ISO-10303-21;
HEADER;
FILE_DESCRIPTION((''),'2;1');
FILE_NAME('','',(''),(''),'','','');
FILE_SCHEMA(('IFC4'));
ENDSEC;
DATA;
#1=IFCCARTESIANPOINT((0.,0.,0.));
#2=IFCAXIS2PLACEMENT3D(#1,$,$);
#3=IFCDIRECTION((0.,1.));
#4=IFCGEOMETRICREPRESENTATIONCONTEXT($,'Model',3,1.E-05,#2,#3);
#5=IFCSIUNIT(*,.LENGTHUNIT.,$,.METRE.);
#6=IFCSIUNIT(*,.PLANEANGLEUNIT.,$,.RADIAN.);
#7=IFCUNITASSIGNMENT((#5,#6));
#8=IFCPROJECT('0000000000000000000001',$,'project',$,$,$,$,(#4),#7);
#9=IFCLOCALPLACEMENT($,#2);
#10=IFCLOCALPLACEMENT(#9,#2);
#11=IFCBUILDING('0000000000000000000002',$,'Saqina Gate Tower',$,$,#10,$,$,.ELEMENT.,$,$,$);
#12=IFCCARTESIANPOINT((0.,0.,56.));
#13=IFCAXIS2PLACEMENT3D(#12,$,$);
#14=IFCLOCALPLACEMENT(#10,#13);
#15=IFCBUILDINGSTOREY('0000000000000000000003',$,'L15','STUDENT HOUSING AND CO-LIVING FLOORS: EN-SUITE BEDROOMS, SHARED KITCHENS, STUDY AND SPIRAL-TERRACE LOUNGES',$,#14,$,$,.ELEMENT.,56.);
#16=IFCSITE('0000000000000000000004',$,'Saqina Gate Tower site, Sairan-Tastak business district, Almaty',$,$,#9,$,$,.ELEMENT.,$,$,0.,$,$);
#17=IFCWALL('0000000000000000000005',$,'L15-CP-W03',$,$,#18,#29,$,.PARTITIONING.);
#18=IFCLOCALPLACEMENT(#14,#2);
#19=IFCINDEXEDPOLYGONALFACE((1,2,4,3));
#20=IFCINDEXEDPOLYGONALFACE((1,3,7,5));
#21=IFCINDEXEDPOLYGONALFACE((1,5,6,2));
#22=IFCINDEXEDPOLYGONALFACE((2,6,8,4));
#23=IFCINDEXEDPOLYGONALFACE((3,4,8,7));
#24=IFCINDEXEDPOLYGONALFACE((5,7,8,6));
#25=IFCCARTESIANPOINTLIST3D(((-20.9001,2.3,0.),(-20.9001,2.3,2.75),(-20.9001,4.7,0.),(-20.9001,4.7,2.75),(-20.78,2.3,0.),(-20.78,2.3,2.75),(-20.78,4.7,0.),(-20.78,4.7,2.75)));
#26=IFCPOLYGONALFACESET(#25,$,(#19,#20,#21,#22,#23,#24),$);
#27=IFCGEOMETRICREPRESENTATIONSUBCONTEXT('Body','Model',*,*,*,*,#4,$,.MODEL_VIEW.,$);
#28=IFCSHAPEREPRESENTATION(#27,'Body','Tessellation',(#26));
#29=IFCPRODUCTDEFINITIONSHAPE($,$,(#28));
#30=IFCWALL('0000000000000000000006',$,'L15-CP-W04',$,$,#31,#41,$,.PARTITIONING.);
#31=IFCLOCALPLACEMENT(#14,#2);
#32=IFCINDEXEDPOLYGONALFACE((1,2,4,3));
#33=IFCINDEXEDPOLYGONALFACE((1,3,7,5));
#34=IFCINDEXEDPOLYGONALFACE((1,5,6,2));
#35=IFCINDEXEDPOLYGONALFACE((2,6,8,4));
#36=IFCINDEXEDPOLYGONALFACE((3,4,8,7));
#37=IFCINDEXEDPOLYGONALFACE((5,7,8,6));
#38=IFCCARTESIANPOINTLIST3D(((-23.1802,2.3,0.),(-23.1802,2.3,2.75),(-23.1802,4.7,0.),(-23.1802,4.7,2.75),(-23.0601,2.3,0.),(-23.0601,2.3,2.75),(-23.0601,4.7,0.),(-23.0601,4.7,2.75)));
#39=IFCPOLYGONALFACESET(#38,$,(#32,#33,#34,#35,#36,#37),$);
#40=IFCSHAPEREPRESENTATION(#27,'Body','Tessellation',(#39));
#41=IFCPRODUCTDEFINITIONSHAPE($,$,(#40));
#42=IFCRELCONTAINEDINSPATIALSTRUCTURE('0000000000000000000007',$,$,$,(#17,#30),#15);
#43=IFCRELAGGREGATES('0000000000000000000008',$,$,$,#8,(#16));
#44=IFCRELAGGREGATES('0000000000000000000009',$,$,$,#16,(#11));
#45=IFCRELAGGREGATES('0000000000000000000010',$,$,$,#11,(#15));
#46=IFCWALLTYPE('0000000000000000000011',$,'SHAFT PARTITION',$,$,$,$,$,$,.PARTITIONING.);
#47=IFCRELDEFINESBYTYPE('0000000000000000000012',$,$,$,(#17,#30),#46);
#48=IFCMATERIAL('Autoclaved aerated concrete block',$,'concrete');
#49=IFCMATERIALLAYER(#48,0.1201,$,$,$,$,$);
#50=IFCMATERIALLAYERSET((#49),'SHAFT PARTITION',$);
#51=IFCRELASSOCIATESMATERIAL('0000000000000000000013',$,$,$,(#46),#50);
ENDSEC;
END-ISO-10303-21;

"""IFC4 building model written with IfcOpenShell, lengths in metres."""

from ifc_helpers import new_model, si_unit, direction, frame, frame_2d, origin, place, context, subcontext, project, spatial, rectangle, extrude, material, layer, layer_set, type_object, element, save


model = new_model("IFC4")

# Units and contexts
model_context = context("Model", 3, precision=1e-05, world=origin(), true_north=direction((0.0, 1.0)))
body_context = subcontext(model_context, "Body", "Model", "MODEL_VIEW")
ifc_project = project(units=[si_unit("LENGTHUNIT", "METRE"), si_unit("PLANEANGLEUNIT", "RADIAN")], contexts=[model_context])

# Site, building, storey
site_placement = place(None, origin())
site = spatial("IfcSite", under=ifc_project, at=site_placement, Name="Saqina Gate Tower site, Sairan-Tastak business district, Almaty", CompositionType="ELEMENT", RefElevation=0.0)
building_placement = place(site_placement, origin())
building = spatial("IfcBuilding", under=site, at=building_placement, Name="Saqina Gate Tower", CompositionType="ELEMENT")
storey_placement = place(building_placement, frame((0.0, 0.0, 56.0)))
storey = spatial("IfcBuildingStorey", under=building, at=storey_placement, Name="L15", Description="STUDENT HOUSING AND CO-LIVING FLOORS: EN-SUITE BEDROOMS, SHARED KITCHENS, STUDY AND SPIRAL-TERRACE LOUNGES", CompositionType="ELEMENT", Elevation=56.0)

# Walls
ifc_material_1 = material(Name="Autoclaved aerated concrete block", Category="concrete")
ifc_layer_1 = layer(ifc_material_1, 0.1201)
ifc_layer_set_1 = layer_set([ifc_layer_1], Name="SHAFT PARTITION")
wall_type_1 = type_object("IfcWallType", Name="SHAFT PARTITION", PredefinedType="PARTITIONING", material=ifc_layer_set_1)
for number, where, z_axis, x_axis, name in (
    (1, (-20.8401, 2.3, 0.0), (0.0, 0.0, 1.0), (0.0, 1.0, 0.0), "L15-CP-W03"),
    (2, (-23.1201, 2.3, 0.0), (0.0, 0.0, 1.0), (0.0, 1.0, 0.0), "L15-CP-W04"),
):
    element("IfcWall", number, at=place(storey_placement, frame(where, z_axis=z_axis, x_axis=x_axis)), inside=storey, type_object=wall_type_1, Name=name, PredefinedType="PARTITIONING", context=body_context, shape_type="SweptSolid", body=[
        extrude(rectangle(XDim=2.3999, YDim=0.1201, at=frame_2d((1.2, 0.0))), origin(), (0.0, 0.0, 1.0), 2.75),
    ])

save(model, "model.ifc")
